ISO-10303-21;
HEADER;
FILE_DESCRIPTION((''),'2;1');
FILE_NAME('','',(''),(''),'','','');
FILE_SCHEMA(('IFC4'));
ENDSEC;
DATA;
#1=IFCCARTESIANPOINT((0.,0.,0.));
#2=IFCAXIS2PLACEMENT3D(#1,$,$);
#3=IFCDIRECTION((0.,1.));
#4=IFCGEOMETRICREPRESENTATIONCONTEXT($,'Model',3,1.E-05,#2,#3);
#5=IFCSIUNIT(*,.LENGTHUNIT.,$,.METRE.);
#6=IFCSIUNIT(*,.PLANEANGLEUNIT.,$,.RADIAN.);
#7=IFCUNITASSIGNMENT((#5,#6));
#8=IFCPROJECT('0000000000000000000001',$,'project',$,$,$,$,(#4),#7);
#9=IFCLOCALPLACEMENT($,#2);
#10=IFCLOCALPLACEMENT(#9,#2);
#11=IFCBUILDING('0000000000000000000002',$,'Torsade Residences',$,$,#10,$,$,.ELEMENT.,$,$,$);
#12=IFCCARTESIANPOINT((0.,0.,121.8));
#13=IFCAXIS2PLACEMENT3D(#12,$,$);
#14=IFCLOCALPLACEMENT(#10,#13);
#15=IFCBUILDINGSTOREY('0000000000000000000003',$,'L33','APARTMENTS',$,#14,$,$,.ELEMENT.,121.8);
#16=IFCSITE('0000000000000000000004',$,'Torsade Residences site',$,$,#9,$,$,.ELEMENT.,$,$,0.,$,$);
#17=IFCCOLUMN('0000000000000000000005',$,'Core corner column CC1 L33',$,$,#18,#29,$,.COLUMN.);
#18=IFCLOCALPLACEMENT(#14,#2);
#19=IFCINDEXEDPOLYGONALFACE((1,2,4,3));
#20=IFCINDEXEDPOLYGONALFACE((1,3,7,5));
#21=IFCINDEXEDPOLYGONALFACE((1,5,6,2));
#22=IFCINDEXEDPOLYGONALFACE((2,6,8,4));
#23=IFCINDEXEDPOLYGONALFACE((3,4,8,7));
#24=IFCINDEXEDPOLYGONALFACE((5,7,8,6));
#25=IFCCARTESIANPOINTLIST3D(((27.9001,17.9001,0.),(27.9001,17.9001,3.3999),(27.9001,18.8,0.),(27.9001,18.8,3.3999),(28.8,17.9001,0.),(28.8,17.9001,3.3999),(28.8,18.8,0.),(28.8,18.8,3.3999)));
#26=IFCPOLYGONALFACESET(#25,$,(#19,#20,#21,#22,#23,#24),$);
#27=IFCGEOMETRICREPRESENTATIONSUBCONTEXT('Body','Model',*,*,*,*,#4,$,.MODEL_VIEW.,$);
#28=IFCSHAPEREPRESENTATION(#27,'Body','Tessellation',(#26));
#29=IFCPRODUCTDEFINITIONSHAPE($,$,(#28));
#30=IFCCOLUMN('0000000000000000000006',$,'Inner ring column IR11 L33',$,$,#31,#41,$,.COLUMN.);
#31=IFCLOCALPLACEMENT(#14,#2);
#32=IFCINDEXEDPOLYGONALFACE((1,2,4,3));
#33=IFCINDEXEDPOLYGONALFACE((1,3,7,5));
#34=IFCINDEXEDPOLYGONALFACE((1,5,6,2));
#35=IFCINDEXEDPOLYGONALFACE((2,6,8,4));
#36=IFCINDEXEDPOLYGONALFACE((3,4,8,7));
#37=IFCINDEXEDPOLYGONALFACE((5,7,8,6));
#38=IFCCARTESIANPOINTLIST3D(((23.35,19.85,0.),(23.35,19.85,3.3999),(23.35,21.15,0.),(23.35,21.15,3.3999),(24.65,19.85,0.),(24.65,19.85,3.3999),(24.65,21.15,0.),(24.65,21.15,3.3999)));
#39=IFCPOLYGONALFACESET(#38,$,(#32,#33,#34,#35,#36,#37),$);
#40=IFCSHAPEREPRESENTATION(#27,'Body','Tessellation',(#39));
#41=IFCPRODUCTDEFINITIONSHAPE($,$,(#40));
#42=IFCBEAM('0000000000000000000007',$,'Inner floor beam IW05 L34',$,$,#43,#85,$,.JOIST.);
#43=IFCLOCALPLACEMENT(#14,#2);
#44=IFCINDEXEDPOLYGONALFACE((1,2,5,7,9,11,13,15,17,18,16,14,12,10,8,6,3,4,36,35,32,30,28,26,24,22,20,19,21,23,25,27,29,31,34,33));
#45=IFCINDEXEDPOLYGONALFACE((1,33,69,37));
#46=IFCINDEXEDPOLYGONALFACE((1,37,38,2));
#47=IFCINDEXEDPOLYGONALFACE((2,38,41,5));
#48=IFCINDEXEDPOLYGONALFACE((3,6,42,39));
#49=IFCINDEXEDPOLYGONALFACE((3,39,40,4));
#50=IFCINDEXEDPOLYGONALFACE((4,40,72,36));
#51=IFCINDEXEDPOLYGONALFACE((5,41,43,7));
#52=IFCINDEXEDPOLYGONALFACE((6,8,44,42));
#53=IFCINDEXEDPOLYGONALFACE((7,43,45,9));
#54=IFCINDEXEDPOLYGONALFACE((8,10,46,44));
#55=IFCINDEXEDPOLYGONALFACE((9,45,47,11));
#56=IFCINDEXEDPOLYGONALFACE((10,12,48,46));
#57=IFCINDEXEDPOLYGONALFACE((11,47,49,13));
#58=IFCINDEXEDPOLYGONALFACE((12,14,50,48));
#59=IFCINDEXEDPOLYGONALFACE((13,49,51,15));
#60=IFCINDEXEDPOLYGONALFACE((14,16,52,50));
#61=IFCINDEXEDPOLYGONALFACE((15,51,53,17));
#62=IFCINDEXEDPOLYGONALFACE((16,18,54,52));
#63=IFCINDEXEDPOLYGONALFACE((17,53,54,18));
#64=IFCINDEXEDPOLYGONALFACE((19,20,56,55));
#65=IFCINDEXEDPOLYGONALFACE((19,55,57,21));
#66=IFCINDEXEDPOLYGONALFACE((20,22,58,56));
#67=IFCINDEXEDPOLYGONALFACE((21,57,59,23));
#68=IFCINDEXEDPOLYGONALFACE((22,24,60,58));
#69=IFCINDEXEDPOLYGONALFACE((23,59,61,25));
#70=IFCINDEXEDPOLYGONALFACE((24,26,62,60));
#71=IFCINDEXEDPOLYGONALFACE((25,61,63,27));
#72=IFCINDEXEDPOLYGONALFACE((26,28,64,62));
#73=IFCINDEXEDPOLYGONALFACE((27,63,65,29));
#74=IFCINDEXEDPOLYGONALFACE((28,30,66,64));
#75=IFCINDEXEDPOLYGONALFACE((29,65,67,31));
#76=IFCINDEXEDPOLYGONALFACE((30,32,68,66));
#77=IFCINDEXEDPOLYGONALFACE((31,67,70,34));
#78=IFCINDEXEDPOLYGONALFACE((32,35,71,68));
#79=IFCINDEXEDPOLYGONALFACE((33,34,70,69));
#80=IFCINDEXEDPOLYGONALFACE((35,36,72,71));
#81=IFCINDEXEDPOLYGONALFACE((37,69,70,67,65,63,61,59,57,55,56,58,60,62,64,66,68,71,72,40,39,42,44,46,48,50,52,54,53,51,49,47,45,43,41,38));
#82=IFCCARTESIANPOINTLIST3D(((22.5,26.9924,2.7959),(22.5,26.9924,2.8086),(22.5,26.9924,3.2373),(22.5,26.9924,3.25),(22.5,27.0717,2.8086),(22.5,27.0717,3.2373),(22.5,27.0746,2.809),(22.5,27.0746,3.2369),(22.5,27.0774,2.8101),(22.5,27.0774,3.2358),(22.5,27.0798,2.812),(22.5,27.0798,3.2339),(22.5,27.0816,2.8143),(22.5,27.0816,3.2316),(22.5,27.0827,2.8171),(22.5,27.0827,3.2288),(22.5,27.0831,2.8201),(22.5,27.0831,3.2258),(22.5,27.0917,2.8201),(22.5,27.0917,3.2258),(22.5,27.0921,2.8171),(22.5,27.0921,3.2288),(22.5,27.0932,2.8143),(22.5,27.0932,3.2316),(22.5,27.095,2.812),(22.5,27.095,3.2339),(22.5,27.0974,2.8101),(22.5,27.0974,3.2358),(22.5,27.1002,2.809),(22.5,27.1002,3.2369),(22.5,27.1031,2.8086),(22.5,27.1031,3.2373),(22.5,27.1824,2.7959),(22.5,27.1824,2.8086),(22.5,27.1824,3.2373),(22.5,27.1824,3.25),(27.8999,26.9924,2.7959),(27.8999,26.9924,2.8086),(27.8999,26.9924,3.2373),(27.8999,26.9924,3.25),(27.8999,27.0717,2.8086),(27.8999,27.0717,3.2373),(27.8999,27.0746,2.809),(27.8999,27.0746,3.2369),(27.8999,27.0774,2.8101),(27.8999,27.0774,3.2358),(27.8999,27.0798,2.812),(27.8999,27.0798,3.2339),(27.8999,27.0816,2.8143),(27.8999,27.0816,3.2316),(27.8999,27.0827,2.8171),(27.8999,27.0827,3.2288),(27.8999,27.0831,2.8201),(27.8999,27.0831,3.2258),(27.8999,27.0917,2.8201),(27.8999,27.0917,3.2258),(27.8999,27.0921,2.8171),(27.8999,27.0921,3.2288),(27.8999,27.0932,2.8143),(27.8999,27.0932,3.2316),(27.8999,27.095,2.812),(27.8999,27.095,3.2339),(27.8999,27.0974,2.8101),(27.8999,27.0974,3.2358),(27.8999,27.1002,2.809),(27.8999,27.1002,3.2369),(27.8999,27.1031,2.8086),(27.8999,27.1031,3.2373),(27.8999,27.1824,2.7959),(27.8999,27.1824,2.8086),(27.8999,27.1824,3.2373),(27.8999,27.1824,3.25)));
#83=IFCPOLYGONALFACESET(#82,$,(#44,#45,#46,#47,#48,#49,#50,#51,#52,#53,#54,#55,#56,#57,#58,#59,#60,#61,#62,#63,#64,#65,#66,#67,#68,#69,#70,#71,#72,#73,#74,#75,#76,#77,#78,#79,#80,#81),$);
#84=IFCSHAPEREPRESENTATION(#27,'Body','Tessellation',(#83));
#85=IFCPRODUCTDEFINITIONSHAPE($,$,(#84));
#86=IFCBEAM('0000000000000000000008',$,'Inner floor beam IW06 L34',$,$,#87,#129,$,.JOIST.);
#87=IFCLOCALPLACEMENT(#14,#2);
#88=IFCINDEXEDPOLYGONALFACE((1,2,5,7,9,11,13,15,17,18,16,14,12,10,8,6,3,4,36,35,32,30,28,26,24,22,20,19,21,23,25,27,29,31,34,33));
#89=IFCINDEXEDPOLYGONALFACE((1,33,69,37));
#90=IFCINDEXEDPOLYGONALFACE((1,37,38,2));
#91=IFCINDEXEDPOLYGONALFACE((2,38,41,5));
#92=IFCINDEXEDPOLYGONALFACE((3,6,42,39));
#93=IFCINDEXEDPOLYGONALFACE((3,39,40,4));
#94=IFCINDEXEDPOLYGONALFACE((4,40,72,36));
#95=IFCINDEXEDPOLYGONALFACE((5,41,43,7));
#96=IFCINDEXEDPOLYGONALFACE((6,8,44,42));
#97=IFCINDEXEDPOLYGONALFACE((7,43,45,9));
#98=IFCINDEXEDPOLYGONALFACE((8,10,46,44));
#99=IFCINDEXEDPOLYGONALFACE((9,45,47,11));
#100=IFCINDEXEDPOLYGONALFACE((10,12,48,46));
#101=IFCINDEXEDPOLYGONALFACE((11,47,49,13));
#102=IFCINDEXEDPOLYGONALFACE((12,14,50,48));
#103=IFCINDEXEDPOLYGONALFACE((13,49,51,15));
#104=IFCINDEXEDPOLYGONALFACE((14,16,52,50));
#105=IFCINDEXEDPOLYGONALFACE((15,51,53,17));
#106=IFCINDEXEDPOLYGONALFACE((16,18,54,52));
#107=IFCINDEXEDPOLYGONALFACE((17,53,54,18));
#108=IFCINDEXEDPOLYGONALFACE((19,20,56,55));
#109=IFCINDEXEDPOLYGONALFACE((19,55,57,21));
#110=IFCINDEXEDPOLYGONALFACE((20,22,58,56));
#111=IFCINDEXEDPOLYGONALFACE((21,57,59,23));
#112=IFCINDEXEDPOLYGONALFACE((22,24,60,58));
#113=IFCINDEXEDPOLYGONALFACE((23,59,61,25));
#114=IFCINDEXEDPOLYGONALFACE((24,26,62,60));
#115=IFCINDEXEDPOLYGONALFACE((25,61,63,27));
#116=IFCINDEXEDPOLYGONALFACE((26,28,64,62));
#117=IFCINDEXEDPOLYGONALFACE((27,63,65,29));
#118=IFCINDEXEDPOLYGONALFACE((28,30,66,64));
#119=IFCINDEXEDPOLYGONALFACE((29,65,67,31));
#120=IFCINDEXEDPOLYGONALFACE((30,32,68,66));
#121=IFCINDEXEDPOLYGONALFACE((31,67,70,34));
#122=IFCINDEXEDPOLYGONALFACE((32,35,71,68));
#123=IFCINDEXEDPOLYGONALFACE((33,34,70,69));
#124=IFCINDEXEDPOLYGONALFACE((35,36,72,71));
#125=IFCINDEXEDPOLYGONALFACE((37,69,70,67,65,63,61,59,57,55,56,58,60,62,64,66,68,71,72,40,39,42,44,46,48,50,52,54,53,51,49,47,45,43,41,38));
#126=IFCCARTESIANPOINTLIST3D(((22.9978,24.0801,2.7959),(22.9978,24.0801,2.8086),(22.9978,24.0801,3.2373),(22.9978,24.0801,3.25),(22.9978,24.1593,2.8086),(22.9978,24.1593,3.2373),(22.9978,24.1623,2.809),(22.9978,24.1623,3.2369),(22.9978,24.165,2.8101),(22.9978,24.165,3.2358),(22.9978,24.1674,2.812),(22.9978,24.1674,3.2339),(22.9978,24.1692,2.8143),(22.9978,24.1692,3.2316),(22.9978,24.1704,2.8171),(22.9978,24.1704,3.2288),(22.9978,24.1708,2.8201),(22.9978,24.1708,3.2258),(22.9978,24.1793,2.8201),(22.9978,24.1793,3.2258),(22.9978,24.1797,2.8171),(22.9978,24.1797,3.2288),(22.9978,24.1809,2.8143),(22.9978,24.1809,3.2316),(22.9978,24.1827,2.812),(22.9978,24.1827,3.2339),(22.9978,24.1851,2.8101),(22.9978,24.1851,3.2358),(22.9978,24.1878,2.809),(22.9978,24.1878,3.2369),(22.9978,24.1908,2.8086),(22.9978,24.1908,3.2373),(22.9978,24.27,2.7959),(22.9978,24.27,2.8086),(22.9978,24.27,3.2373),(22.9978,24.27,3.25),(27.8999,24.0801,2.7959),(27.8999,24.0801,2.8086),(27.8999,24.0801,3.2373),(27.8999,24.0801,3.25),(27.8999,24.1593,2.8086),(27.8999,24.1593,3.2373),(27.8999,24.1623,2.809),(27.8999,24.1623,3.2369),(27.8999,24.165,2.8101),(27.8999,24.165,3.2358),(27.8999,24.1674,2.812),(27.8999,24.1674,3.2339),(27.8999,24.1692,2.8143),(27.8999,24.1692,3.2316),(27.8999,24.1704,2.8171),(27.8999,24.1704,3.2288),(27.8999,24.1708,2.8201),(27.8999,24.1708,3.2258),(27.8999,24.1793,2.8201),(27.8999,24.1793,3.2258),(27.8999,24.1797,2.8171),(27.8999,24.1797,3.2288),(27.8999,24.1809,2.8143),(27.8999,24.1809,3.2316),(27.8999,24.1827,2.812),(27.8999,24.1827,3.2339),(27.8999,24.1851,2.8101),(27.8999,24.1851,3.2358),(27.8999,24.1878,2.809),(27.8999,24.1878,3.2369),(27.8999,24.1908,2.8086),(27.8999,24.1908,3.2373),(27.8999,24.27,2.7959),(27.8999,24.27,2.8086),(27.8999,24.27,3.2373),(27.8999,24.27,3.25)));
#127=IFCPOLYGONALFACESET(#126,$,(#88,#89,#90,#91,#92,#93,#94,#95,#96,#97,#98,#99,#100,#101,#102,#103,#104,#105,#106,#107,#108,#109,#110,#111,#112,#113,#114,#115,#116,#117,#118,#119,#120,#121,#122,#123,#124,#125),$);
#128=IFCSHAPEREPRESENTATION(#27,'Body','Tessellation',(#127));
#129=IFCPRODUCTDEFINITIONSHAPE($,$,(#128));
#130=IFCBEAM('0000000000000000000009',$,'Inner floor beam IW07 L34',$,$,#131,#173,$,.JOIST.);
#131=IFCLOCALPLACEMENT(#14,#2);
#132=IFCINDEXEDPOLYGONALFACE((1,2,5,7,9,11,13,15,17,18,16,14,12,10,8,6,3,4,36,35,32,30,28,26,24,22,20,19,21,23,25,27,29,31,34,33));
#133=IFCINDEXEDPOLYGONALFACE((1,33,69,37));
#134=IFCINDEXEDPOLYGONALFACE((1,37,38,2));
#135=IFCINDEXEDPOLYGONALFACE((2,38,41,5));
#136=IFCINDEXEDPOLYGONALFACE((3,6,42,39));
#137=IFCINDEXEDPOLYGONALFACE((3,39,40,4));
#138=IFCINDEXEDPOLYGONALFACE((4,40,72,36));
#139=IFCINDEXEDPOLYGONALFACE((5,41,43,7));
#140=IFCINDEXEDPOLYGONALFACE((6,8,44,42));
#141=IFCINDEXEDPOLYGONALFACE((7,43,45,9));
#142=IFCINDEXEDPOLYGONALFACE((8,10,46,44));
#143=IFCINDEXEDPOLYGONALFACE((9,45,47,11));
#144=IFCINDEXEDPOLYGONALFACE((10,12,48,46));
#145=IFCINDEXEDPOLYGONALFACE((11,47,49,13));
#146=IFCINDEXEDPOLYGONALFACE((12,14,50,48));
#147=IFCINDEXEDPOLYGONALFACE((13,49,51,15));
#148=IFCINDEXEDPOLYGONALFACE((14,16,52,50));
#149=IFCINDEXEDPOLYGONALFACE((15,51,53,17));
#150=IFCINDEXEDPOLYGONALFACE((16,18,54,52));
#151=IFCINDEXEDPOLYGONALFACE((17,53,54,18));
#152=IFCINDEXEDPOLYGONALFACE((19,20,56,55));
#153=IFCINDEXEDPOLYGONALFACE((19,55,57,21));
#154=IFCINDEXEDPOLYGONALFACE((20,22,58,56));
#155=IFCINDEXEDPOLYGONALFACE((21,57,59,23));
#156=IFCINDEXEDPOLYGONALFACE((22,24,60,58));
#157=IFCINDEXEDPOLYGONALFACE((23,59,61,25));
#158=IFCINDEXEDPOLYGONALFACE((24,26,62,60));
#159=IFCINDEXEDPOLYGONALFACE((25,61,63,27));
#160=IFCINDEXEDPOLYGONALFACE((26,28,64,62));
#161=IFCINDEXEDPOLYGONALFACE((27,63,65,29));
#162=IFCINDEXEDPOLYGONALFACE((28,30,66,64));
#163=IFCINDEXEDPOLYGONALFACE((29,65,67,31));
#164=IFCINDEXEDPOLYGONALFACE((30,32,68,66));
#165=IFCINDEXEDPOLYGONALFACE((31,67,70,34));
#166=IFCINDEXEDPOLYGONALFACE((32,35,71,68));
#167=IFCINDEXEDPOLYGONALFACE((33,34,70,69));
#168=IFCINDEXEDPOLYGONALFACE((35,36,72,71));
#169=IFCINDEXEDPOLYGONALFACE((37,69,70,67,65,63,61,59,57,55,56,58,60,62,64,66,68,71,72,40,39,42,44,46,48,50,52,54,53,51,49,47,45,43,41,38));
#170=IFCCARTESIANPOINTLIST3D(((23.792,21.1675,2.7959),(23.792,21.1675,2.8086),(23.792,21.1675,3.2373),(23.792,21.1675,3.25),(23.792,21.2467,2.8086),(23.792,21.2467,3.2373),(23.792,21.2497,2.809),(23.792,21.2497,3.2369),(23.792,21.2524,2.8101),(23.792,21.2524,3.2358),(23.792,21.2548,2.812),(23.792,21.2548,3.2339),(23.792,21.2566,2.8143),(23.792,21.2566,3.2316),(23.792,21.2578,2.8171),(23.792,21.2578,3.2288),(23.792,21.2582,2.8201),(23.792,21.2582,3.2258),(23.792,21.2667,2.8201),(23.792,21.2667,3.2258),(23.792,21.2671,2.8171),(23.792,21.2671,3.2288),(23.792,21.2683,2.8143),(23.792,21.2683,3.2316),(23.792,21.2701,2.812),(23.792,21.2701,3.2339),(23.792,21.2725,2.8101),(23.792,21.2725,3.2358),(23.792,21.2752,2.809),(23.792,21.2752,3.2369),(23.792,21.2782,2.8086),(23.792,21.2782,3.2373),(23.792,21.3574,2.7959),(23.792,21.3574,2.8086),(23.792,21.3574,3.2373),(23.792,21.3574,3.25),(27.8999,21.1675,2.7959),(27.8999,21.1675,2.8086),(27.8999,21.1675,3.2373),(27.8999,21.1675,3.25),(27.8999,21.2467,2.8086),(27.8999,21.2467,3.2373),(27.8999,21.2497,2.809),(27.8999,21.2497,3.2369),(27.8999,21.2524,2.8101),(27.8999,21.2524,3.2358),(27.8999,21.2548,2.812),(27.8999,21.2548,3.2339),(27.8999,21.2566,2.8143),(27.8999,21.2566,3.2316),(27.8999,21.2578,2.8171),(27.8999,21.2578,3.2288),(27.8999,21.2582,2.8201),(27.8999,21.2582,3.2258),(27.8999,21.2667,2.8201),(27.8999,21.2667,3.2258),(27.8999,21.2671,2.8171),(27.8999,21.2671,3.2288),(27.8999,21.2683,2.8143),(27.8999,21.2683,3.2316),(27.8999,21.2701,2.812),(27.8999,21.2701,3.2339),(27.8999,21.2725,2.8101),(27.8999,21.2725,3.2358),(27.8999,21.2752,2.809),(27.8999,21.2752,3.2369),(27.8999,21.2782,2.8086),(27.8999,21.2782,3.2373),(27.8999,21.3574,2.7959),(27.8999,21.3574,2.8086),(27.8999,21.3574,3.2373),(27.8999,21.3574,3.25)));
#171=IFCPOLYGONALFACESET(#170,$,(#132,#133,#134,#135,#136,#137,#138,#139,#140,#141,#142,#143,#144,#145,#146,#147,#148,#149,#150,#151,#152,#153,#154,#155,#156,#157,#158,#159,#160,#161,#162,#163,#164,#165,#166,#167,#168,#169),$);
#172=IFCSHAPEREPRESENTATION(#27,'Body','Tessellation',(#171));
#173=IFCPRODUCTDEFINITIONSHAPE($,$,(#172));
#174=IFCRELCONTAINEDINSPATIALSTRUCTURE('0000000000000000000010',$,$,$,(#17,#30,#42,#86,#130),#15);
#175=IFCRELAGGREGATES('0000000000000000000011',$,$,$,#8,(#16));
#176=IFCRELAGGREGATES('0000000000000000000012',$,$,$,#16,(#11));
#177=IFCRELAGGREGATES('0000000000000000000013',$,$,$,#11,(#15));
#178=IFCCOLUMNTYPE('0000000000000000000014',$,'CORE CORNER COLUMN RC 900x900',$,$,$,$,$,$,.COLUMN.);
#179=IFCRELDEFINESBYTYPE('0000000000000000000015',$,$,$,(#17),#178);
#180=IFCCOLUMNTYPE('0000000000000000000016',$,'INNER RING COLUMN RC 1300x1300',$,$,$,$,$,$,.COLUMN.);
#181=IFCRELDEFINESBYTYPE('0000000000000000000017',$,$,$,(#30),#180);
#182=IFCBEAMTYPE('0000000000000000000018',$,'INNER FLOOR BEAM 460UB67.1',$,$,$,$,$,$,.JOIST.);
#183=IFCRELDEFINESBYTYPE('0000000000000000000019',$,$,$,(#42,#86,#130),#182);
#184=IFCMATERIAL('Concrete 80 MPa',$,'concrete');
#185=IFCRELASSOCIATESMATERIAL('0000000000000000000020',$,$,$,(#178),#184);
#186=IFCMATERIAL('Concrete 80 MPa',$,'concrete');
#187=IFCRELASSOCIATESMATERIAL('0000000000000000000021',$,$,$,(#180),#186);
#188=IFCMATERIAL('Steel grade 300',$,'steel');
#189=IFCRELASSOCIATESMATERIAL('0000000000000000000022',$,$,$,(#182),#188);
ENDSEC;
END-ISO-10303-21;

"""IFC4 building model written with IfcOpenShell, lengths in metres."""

from ifc_helpers import new_model, si_unit, direction, frame, origin, origin_2d, place, context, subcontext, project, spatial, rectangle, i_section, extrude, material, material_profile, profile_set, type_object, element, save


model = new_model("IFC4")

# Units and contexts
model_context = context("Model", 3, precision=1e-05, world=origin(), true_north=direction((0.0, 1.0)))
body_context = subcontext(model_context, "Body", "Model", "MODEL_VIEW")
ifc_project = project(units=[si_unit("LENGTHUNIT", "METRE"), si_unit("PLANEANGLEUNIT", "RADIAN")], contexts=[model_context])

# Site, building, storey
site_placement = place(None, origin())
site = spatial("IfcSite", under=ifc_project, at=site_placement, Name="Torsade Residences site", CompositionType="ELEMENT", RefElevation=0.0)
building_placement = place(site_placement, origin())
building = spatial("IfcBuilding", under=site, at=building_placement, Name="Torsade Residences", CompositionType="ELEMENT")
storey_placement = place(building_placement, frame((0.0, 0.0, 121.8)))
storey = spatial("IfcBuildingStorey", under=building, at=storey_placement, Name="L33", Description="APARTMENTS", CompositionType="ELEMENT", Elevation=121.8)

# Columns
ifc_material_1 = material(Name="Concrete 80 MPa", Category="concrete")
ifc_material_profile_1 = material_profile(ifc_material_1, rectangle(XDim=0.8999, YDim=0.8999, at=origin_2d()), Name="RC 900x900")
ifc_profile_set_1 = profile_set([ifc_material_profile_1], Name="Concrete 80 MPa")
column_type_1 = type_object("IfcColumnType", Name="CORE CORNER COLUMN RC 900x900", PredefinedType="COLUMN", material=ifc_profile_set_1)
column_1_placement = place(storey_placement, frame((28.3501, 18.3501, 0.0), z_axis=(0.0, 0.0, 1.0), x_axis=(1.0, 0.0, 0.0)))
element("IfcColumn", 1, at=column_1_placement, inside=storey, type_object=column_type_1, Name="Core corner column CC1 L33", PredefinedType="COLUMN", context=body_context, shape_type="SweptSolid", body=[
    extrude(rectangle(XDim=0.8999, YDim=0.8999, at=origin_2d()), origin(), (0.0, 0.0, 1.0), 3.3999),
])
ifc_material_2 = material(Name="Concrete 80 MPa", Category="concrete")
ifc_material_profile_2 = material_profile(ifc_material_2, rectangle(XDim=1.3, YDim=1.3, at=origin_2d()), Name="RC 1300x1300")
ifc_profile_set_2 = profile_set([ifc_material_profile_2], Name="Concrete 80 MPa")
column_type_2 = type_object("IfcColumnType", Name="INNER RING COLUMN RC 1300x1300", PredefinedType="COLUMN", material=ifc_profile_set_2)
column_2_placement = place(storey_placement, frame((24.0, 20.5, 0.0), z_axis=(0.0, 0.0, 1.0), x_axis=(1.0, 0.0, 0.0)))
element("IfcColumn", 2, at=column_2_placement, inside=storey, type_object=column_type_2, Name="Inner ring column IR11 L33", PredefinedType="COLUMN", context=body_context, shape_type="SweptSolid", body=[
    extrude(rectangle(XDim=1.3, YDim=1.3, at=origin_2d()), origin(), (0.0, 0.0, 1.0), 3.3999),
])

# Beams
ifc_material_3 = material(Name="Steel grade 300", Category="steel")
ifc_material_profile_3 = material_profile(ifc_material_3, i_section(OverallWidth=0.1899, OverallDepth=0.4541, WebThickness=0.0085, FlangeThickness=0.0127, FilletRadius=0.0115, at=origin_2d()), Name="460UB67.1")
ifc_profile_set_3 = profile_set([ifc_material_profile_3], Name="Steel grade 300")
beam_type_1 = type_object("IfcBeamType", Name="INNER FLOOR BEAM 460UB67.1", PredefinedType="JOIST", material=ifc_profile_set_3)
beam_1_placement = place(storey_placement, frame((27.8999, 27.0874, 3.0229), z_axis=(-1.0, 0.0, 0.0), x_axis=(0.0, -1.0, 0.0)))
element("IfcBeam", 3, at=beam_1_placement, inside=storey, type_object=beam_type_1, Name="Inner floor beam IW05 L34", PredefinedType="JOIST", context=body_context, shape_type="SweptSolid", body=[
    extrude(i_section(OverallWidth=0.1899, OverallDepth=0.4541, WebThickness=0.0085, FlangeThickness=0.0127, FilletRadius=0.0115, at=origin_2d()), origin(), (0.0, 0.0, 1.0), 5.3999),
])
beam_2_placement = place(storey_placement, frame((27.8999, 24.175, 3.0229), z_axis=(-1.0, 0.0, 0.0), x_axis=(0.0, -1.0, 0.0)))
element("IfcBeam", 4, at=beam_2_placement, inside=storey, type_object=beam_type_1, Name="Inner floor beam IW06 L34", PredefinedType="JOIST", context=body_context, shape_type="SweptSolid", body=[
    extrude(i_section(OverallWidth=0.1899, OverallDepth=0.4541, WebThickness=0.0085, FlangeThickness=0.0127, FilletRadius=0.0115, at=origin_2d()), origin(), (0.0, 0.0, 1.0), 4.9021),
])
beam_3_placement = place(storey_placement, frame((27.8999, 21.2625, 3.0229), z_axis=(-1.0, 0.0, 0.0), x_axis=(0.0, -1.0, 0.0)))
element("IfcBeam", 5, at=beam_3_placement, inside=storey, type_object=beam_type_1, Name="Inner floor beam IW07 L34", PredefinedType="JOIST", context=body_context, shape_type="SweptSolid", body=[
    extrude(i_section(OverallWidth=0.1899, OverallDepth=0.4541, WebThickness=0.0085, FlangeThickness=0.0127, FilletRadius=0.0115, at=origin_2d()), origin(), (0.0, 0.0, 1.0), 4.1079),
])

save(model, "model.ifc")
